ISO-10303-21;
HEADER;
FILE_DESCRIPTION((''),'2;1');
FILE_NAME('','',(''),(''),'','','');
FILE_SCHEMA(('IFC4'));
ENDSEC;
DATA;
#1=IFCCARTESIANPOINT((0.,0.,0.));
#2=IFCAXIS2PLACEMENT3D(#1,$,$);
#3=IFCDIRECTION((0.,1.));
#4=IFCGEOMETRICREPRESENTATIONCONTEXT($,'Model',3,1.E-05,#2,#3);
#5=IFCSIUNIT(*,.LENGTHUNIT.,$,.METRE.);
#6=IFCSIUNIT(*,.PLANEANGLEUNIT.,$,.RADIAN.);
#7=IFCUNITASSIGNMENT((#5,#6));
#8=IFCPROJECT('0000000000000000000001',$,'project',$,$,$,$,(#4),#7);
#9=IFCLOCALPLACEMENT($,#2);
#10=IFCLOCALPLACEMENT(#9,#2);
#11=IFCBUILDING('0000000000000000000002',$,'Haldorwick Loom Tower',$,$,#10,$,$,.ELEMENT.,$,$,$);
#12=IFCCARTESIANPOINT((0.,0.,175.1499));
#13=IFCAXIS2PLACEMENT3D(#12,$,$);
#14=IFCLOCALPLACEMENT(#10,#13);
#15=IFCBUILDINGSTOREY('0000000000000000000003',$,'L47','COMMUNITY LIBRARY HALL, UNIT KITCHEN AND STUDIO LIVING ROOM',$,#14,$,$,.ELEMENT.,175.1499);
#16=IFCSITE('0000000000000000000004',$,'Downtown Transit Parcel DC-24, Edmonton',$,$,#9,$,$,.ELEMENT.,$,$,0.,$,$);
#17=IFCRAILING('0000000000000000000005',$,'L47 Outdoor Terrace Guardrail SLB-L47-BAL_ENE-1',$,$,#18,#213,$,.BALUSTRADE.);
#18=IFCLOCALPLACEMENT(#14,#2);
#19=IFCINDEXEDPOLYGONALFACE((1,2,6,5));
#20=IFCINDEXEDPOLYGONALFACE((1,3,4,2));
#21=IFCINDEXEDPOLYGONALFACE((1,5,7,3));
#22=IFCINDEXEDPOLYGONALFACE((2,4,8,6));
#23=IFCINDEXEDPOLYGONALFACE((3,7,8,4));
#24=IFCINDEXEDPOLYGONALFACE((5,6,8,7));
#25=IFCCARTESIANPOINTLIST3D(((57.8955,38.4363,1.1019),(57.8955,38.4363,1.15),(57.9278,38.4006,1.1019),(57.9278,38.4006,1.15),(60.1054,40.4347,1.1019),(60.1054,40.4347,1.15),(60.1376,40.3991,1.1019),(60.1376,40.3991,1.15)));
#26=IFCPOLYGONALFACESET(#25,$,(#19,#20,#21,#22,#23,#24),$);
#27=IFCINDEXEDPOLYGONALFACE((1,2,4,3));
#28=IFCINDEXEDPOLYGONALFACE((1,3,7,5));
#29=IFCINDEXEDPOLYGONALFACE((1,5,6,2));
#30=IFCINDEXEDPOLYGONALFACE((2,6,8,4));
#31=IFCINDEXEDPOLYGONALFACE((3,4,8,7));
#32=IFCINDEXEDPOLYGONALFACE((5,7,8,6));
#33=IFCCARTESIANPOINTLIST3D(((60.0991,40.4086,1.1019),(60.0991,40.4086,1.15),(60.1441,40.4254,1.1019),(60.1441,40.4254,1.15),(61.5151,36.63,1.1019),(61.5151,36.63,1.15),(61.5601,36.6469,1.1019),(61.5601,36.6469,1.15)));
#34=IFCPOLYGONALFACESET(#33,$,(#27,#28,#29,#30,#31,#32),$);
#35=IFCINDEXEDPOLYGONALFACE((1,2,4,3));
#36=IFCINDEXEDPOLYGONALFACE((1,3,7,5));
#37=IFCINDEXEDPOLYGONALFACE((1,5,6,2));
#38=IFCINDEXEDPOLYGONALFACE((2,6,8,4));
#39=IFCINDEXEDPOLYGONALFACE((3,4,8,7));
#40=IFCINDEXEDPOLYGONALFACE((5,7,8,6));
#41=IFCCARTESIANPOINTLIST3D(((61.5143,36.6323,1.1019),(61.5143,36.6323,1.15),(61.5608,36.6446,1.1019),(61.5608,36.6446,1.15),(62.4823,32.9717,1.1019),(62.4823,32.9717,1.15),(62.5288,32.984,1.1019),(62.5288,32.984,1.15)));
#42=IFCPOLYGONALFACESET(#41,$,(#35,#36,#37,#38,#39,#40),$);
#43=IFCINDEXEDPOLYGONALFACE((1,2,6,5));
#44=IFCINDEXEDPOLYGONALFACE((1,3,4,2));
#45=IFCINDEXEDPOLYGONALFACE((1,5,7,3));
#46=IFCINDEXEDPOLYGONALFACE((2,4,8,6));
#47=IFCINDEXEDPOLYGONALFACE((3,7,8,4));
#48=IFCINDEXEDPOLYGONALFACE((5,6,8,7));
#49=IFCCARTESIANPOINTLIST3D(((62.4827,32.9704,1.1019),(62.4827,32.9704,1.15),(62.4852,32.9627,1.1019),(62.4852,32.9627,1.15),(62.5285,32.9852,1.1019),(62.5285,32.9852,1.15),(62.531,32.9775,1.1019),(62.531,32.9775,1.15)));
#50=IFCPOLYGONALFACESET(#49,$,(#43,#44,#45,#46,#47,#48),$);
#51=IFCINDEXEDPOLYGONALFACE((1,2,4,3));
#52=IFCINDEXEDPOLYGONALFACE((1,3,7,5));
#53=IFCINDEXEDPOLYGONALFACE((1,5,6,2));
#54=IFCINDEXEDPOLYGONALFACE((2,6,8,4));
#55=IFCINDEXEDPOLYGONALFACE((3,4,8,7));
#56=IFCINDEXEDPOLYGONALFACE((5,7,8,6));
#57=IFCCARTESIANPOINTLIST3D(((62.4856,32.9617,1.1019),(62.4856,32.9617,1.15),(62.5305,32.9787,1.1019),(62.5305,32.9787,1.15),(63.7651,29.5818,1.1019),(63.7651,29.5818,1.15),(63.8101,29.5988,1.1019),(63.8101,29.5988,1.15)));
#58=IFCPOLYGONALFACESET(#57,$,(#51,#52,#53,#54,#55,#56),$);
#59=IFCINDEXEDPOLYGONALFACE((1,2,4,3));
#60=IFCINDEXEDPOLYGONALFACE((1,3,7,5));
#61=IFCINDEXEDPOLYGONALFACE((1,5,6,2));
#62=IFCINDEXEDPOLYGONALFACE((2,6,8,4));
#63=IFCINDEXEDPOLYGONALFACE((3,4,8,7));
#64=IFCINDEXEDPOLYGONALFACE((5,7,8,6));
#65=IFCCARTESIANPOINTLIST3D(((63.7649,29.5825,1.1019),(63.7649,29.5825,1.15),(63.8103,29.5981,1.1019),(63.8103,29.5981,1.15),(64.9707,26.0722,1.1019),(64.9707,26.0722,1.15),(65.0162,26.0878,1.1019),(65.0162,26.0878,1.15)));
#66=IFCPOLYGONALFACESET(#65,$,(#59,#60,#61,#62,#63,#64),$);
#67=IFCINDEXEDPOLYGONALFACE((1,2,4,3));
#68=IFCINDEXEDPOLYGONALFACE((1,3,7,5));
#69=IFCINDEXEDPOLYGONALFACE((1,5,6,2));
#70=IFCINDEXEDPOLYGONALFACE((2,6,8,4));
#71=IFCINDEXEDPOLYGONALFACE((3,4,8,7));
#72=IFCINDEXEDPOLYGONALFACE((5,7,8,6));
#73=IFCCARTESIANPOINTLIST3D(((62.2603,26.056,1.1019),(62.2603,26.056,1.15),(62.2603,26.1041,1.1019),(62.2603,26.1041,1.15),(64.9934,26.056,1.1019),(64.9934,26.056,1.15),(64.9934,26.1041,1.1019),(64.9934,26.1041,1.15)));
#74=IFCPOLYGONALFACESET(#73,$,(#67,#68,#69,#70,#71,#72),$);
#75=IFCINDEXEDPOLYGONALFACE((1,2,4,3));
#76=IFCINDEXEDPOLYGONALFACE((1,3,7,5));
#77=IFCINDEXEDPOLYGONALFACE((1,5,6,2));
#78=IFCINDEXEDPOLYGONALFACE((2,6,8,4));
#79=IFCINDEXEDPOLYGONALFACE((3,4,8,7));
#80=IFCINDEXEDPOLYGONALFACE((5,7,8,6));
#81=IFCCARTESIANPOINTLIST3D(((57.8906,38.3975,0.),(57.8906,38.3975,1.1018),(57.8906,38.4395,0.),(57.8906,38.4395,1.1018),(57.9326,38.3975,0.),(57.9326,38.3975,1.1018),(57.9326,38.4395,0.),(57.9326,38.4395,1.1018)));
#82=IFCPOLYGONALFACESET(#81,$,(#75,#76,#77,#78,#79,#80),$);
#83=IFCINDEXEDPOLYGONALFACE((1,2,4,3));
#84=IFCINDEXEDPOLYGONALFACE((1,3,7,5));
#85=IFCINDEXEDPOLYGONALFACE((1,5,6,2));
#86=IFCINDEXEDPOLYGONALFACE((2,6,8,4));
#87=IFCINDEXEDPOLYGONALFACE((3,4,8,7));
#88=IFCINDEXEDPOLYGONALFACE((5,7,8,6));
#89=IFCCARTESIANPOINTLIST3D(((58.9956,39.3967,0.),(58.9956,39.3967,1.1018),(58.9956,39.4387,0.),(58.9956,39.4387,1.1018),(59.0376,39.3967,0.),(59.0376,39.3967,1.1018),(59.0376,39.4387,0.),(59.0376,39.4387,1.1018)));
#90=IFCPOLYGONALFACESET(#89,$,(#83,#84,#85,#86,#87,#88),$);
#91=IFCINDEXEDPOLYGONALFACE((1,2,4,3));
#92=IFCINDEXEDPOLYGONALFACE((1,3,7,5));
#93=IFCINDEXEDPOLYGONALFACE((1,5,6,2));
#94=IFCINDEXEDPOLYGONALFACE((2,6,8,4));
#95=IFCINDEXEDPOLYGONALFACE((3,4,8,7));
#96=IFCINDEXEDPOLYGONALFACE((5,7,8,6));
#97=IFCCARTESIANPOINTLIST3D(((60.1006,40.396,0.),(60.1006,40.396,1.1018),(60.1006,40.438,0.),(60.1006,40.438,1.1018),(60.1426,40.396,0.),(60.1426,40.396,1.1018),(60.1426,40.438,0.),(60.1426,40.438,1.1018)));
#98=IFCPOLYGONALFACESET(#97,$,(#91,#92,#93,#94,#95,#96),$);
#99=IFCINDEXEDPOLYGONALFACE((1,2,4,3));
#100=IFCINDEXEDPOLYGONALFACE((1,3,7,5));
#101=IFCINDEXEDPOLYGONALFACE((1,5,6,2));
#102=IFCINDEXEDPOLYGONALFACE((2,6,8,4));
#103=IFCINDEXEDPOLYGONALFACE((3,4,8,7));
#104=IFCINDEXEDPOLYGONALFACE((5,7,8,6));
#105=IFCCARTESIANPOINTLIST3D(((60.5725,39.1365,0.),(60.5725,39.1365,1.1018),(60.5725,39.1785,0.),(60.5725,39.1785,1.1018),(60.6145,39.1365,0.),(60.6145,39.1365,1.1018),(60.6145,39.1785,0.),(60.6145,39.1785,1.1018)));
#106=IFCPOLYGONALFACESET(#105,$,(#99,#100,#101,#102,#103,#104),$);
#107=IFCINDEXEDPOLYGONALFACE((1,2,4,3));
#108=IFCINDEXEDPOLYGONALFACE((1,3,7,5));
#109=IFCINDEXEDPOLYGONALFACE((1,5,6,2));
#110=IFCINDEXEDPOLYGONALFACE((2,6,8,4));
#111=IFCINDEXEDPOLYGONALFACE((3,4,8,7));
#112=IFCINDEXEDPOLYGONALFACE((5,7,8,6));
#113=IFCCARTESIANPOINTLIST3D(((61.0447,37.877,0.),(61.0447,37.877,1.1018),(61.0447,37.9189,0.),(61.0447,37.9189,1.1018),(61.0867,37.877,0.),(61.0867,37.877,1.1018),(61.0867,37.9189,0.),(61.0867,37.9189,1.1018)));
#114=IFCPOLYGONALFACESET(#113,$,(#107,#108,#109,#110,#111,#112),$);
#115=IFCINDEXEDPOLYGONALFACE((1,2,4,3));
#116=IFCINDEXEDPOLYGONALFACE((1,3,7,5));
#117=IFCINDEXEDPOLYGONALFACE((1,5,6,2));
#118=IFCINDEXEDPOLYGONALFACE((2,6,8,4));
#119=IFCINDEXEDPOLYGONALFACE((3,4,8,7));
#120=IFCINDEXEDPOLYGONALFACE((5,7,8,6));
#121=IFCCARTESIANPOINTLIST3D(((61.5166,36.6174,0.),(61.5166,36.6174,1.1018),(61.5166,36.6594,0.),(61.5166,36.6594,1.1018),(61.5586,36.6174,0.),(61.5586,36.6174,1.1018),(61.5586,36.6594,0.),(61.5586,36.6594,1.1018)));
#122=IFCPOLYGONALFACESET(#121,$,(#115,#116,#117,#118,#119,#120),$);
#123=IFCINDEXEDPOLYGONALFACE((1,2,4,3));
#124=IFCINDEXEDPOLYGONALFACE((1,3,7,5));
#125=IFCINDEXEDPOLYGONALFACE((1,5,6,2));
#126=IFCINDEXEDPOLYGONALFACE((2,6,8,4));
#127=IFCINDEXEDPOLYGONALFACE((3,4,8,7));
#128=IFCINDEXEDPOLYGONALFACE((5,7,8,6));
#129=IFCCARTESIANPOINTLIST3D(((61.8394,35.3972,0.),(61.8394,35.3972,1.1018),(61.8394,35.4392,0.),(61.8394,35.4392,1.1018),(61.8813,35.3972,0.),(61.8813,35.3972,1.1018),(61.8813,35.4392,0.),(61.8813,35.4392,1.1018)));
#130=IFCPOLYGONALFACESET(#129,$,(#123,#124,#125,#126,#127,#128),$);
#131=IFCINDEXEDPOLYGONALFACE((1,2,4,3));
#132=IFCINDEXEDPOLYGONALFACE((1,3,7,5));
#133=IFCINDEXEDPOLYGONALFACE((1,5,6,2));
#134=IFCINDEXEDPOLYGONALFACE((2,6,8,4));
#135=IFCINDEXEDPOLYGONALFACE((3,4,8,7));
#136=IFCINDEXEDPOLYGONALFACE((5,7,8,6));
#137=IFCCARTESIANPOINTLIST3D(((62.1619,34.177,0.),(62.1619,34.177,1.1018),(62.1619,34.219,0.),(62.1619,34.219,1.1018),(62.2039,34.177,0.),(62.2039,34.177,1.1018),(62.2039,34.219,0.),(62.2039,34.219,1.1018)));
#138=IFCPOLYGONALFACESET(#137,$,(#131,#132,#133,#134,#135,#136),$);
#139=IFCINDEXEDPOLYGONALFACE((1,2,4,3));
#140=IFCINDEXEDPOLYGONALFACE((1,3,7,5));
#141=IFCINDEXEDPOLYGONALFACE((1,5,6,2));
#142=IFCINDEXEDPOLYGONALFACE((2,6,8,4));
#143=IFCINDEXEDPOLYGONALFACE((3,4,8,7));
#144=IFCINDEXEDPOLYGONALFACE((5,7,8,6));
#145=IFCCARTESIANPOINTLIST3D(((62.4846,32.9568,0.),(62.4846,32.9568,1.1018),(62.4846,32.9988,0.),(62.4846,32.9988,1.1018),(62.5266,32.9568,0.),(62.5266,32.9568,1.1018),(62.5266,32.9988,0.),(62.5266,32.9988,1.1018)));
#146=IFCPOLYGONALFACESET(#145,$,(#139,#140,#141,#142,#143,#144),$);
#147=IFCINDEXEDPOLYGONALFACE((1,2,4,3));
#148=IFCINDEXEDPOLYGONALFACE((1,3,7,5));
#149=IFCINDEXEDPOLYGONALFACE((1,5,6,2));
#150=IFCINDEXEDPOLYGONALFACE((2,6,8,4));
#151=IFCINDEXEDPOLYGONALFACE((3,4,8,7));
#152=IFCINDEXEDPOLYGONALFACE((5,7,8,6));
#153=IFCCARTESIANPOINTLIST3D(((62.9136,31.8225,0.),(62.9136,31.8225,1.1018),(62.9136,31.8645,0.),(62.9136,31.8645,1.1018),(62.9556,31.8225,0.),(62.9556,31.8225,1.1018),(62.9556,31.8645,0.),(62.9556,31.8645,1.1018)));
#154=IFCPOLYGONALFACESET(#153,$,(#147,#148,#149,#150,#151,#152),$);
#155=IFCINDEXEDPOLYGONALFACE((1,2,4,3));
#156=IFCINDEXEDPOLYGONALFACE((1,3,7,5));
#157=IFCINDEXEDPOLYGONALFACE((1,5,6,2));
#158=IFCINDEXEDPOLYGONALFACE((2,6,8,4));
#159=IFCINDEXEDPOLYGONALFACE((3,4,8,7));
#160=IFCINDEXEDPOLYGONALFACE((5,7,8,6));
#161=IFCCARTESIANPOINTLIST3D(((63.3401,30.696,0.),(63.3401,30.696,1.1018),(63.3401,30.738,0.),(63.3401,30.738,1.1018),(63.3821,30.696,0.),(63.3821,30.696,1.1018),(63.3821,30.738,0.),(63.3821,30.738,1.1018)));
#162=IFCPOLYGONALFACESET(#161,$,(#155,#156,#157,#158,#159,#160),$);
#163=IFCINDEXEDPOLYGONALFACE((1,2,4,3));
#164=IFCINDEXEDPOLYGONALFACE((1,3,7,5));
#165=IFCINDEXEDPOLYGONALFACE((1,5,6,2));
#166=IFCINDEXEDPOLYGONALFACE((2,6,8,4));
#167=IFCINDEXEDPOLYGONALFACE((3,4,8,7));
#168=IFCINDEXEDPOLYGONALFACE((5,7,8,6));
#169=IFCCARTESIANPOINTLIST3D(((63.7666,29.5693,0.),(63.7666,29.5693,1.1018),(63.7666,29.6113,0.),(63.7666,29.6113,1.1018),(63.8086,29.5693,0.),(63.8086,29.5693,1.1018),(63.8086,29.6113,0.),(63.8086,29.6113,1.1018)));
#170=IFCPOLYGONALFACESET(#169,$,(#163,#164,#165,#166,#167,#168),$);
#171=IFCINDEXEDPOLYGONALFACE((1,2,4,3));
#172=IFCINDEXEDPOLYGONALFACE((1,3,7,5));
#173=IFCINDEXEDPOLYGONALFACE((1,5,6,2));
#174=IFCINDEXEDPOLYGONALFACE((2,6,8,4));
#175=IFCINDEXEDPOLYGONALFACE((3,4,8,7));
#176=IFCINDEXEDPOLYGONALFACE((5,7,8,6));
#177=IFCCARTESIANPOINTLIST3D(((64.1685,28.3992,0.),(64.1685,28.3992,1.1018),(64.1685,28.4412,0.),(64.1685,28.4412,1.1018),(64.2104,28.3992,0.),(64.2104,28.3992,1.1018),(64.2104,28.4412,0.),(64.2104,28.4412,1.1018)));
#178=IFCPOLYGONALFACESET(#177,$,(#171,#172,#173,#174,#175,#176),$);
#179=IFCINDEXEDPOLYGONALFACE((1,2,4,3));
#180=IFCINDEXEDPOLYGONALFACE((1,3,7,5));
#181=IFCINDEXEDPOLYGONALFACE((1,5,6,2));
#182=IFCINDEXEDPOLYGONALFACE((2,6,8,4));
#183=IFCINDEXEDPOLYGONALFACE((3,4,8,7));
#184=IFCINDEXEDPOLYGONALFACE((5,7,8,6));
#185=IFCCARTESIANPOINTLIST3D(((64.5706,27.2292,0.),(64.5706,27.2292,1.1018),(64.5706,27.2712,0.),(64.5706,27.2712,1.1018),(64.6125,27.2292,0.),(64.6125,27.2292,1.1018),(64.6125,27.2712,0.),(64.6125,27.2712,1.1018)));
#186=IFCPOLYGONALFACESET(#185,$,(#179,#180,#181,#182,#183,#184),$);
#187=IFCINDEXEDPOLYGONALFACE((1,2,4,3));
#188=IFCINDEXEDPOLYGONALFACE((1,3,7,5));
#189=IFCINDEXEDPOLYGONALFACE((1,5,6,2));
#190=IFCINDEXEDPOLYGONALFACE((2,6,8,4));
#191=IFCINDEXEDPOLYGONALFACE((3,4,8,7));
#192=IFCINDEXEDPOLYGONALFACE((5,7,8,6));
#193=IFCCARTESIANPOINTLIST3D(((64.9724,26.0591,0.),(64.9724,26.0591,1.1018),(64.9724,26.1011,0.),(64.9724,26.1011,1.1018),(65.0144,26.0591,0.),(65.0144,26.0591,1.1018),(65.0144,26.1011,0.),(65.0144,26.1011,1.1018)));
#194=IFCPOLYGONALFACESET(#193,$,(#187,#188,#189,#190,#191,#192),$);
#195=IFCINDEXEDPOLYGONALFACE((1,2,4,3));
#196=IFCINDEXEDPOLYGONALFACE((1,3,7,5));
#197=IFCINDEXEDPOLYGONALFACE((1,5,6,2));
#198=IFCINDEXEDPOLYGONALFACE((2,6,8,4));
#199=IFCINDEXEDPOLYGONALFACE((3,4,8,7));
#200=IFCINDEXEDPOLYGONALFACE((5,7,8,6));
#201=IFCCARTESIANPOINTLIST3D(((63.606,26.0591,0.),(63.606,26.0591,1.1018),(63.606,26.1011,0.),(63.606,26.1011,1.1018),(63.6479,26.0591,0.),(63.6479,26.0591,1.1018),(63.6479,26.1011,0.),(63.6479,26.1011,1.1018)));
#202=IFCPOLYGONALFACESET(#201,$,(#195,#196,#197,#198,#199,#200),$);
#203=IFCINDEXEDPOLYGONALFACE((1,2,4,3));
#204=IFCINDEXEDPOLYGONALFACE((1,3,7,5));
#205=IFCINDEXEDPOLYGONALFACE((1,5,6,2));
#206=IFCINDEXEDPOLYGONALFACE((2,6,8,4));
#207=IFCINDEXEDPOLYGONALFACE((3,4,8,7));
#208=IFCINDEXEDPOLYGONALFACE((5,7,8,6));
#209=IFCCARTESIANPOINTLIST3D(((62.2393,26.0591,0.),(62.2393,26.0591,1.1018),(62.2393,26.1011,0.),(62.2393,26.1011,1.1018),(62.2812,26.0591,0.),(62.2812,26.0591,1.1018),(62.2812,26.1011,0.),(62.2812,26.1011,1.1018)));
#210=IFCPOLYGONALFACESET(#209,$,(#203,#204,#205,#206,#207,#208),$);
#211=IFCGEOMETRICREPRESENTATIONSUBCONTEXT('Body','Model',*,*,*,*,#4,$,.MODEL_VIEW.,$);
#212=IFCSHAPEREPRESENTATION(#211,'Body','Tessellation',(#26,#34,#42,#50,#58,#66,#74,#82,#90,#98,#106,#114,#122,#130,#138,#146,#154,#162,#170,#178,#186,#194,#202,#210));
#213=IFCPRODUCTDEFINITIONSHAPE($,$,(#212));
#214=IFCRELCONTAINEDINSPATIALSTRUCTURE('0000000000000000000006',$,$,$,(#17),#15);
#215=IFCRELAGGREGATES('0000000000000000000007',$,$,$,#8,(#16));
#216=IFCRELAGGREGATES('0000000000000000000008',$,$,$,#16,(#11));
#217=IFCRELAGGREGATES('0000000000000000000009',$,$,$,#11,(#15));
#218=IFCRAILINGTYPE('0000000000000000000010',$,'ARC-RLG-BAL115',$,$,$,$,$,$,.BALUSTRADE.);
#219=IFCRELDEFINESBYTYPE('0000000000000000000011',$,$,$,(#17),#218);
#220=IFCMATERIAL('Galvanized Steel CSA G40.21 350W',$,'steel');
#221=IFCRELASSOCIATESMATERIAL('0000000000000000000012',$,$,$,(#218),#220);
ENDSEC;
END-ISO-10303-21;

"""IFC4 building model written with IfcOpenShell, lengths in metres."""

from ifc_helpers import new_model, si_unit, direction, frame, origin, origin_2d, place, context, subcontext, project, spatial, rectangle, extrude, material, type_object, element, save


model = new_model("IFC4")

# Units and contexts
model_context = context("Model", 3, precision=1e-05, world=origin(), true_north=direction((0.0, 1.0)))
body_context = subcontext(model_context, "Body", "Model", "MODEL_VIEW")
ifc_project = project(units=[si_unit("LENGTHUNIT", "METRE"), si_unit("PLANEANGLEUNIT", "RADIAN")], contexts=[model_context])

# Site, building, storey
site_placement = place(None, origin())
site = spatial("IfcSite", under=ifc_project, at=site_placement, Name="Downtown Transit Parcel DC-24, Edmonton", CompositionType="ELEMENT", RefElevation=0.0)
building_placement = place(site_placement, origin())
building = spatial("IfcBuilding", under=site, at=building_placement, Name="Haldorwick Loom Tower", CompositionType="ELEMENT")
storey_placement = place(building_placement, frame((0.0, 0.0, 175.1499)))
storey = spatial("IfcBuildingStorey", under=building, at=storey_placement, Name="L47", Description="COMMUNITY LIBRARY HALL, UNIT KITCHEN AND STUDIO LIVING ROOM", CompositionType="ELEMENT", Elevation=175.1499)

# Railing
ifc_material_1 = material(Name="Galvanized Steel CSA G40.21 350W", Category="steel")
railing_type = type_object("IfcRailingType", Name="ARC-RLG-BAL115", PredefinedType="BALUSTRADE", material=ifc_material_1)
railing_placement = place(storey_placement, frame((57.9116, 38.4185, 0.0)))
element("IfcRailing", 1, at=railing_placement, inside=storey, type_object=railing_type, Name="L47 Outdoor Terrace Guardrail SLB-L47-BAL_ENE-1", PredefinedType="BALUSTRADE", context=body_context, shape_type="SweptSolid", body=[
    extrude(rectangle(XDim=0.0481, YDim=0.0481, at=origin_2d()), frame((0.0, 0.0, 1.126), z_axis=(0.741695, 0.670737, 0.0), x_axis=(-0.670737, 0.741695, 0.0)), (0.0, 0.0, 1.0), 2.9795),
    extrude(rectangle(XDim=0.0481, YDim=0.0481, at=origin_2d()), frame((2.21, 1.9985, 1.126), z_axis=(0.350918, -0.936406, 0.0), x_axis=(0.936406, 0.350918, 0.0)), (0.0, 0.0, 1.0), 4.0352),
    extrude(rectangle(XDim=0.0481, YDim=0.0481, at=origin_2d()), frame((3.626, -1.78, 1.126), z_axis=(0.255652, -0.966769, 0.0), x_axis=(0.966769, 0.255652, 0.0)), (0.0, 0.0, 1.0), 3.7864),
    extrude(rectangle(XDim=0.0481, YDim=0.0481, at=origin_2d()), frame((4.594, -5.4407, 1.126), z_axis=(0.307003, -0.951709, 0.0), x_axis=(0.951709, 0.307003, 0.0)), (0.0, 0.0, 1.0), 0.0081),
    extrude(rectangle(XDim=0.0481, YDim=0.0481, at=origin_2d()), frame((4.5964, -5.4482, 1.126), z_axis=(0.354053, -0.935225, 0.0), x_axis=(0.935225, 0.354053, 0.0)), (0.0, 0.0, 1.0), 3.614),
    extrude(rectangle(XDim=0.0481, YDim=0.0481, at=origin_2d()), frame((5.876, -8.8281, 1.126), z_axis=(0.324878, -0.945756, 0.0), x_axis=(0.945756, 0.324878, 0.0)), (0.0, 0.0, 1.0), 3.7117),
    extrude(rectangle(XDim=0.0481, YDim=0.0481, at=origin_2d()), frame((7.0818, -12.3384, 1.126), z_axis=(-1.0, 0.0, 0.0), x_axis=(0.0, -1.0, 0.0)), (0.0, 0.0, 1.0), 2.7332),
    extrude(rectangle(XDim=0.042, YDim=0.042, at=origin_2d()), origin(), (0.0, 0.0, 1.0), 1.1018),
    extrude(rectangle(XDim=0.042, YDim=0.042, at=origin_2d()), frame((1.105, 0.9993, 0.0)), (0.0, 0.0, 1.0), 1.1018),
    extrude(rectangle(XDim=0.042, YDim=0.042, at=origin_2d()), frame((2.21, 1.9985, 0.0)), (0.0, 0.0, 1.0), 1.1018),
    extrude(rectangle(XDim=0.042, YDim=0.042, at=origin_2d()), frame((2.6819, 0.739, 0.0)), (0.0, 0.0, 1.0), 1.1018),
    extrude(rectangle(XDim=0.042, YDim=0.042, at=origin_2d()), frame((3.1541, -0.5205, 0.0)), (0.0, 0.0, 1.0), 1.1018),
    extrude(rectangle(XDim=0.042, YDim=0.042, at=origin_2d()), frame((3.626, -1.78, 0.0)), (0.0, 0.0, 1.0), 1.1018),
    extrude(rectangle(XDim=0.042, YDim=0.042, at=origin_2d()), frame((3.9487, -3.0002, 0.0)), (0.0, 0.0, 1.0), 1.1018),
    extrude(rectangle(XDim=0.042, YDim=0.042, at=origin_2d()), frame((4.2712, -4.2205, 0.0)), (0.0, 0.0, 1.0), 1.1018),
    extrude(rectangle(XDim=0.042, YDim=0.042, at=origin_2d()), frame((4.594, -5.4407, 0.0)), (0.0, 0.0, 1.0), 1.1018),
    extrude(rectangle(XDim=0.042, YDim=0.042, at=origin_2d()), frame((5.0229, -6.575, 0.0)), (0.0, 0.0, 1.0), 1.1018),
    extrude(rectangle(XDim=0.042, YDim=0.042, at=origin_2d()), frame((5.4495, -7.7014, 0.0)), (0.0, 0.0, 1.0), 1.1018),
    extrude(rectangle(XDim=0.042, YDim=0.042, at=origin_2d()), frame((5.876, -8.8281, 0.0)), (0.0, 0.0, 1.0), 1.1018),
    extrude(rectangle(XDim=0.042, YDim=0.042, at=origin_2d()), frame((6.2778, -9.9983, 0.0)), (0.0, 0.0, 1.0), 1.1018),
    extrude(rectangle(XDim=0.042, YDim=0.042, at=origin_2d()), frame((6.6799, -11.1682, 0.0)), (0.0, 0.0, 1.0), 1.1018),
    extrude(rectangle(XDim=0.042, YDim=0.042, at=origin_2d()), frame((7.0818, -12.3384, 0.0)), (0.0, 0.0, 1.0), 1.1018),
    extrude(rectangle(XDim=0.042, YDim=0.042, at=origin_2d()), frame((5.7153, -12.3384, 0.0)), (0.0, 0.0, 1.0), 1.1018),
    extrude(rectangle(XDim=0.042, YDim=0.042, at=origin_2d()), frame((4.3486, -12.3384, 0.0)), (0.0, 0.0, 1.0), 1.1018),
])

save(model, "model.ifc")
